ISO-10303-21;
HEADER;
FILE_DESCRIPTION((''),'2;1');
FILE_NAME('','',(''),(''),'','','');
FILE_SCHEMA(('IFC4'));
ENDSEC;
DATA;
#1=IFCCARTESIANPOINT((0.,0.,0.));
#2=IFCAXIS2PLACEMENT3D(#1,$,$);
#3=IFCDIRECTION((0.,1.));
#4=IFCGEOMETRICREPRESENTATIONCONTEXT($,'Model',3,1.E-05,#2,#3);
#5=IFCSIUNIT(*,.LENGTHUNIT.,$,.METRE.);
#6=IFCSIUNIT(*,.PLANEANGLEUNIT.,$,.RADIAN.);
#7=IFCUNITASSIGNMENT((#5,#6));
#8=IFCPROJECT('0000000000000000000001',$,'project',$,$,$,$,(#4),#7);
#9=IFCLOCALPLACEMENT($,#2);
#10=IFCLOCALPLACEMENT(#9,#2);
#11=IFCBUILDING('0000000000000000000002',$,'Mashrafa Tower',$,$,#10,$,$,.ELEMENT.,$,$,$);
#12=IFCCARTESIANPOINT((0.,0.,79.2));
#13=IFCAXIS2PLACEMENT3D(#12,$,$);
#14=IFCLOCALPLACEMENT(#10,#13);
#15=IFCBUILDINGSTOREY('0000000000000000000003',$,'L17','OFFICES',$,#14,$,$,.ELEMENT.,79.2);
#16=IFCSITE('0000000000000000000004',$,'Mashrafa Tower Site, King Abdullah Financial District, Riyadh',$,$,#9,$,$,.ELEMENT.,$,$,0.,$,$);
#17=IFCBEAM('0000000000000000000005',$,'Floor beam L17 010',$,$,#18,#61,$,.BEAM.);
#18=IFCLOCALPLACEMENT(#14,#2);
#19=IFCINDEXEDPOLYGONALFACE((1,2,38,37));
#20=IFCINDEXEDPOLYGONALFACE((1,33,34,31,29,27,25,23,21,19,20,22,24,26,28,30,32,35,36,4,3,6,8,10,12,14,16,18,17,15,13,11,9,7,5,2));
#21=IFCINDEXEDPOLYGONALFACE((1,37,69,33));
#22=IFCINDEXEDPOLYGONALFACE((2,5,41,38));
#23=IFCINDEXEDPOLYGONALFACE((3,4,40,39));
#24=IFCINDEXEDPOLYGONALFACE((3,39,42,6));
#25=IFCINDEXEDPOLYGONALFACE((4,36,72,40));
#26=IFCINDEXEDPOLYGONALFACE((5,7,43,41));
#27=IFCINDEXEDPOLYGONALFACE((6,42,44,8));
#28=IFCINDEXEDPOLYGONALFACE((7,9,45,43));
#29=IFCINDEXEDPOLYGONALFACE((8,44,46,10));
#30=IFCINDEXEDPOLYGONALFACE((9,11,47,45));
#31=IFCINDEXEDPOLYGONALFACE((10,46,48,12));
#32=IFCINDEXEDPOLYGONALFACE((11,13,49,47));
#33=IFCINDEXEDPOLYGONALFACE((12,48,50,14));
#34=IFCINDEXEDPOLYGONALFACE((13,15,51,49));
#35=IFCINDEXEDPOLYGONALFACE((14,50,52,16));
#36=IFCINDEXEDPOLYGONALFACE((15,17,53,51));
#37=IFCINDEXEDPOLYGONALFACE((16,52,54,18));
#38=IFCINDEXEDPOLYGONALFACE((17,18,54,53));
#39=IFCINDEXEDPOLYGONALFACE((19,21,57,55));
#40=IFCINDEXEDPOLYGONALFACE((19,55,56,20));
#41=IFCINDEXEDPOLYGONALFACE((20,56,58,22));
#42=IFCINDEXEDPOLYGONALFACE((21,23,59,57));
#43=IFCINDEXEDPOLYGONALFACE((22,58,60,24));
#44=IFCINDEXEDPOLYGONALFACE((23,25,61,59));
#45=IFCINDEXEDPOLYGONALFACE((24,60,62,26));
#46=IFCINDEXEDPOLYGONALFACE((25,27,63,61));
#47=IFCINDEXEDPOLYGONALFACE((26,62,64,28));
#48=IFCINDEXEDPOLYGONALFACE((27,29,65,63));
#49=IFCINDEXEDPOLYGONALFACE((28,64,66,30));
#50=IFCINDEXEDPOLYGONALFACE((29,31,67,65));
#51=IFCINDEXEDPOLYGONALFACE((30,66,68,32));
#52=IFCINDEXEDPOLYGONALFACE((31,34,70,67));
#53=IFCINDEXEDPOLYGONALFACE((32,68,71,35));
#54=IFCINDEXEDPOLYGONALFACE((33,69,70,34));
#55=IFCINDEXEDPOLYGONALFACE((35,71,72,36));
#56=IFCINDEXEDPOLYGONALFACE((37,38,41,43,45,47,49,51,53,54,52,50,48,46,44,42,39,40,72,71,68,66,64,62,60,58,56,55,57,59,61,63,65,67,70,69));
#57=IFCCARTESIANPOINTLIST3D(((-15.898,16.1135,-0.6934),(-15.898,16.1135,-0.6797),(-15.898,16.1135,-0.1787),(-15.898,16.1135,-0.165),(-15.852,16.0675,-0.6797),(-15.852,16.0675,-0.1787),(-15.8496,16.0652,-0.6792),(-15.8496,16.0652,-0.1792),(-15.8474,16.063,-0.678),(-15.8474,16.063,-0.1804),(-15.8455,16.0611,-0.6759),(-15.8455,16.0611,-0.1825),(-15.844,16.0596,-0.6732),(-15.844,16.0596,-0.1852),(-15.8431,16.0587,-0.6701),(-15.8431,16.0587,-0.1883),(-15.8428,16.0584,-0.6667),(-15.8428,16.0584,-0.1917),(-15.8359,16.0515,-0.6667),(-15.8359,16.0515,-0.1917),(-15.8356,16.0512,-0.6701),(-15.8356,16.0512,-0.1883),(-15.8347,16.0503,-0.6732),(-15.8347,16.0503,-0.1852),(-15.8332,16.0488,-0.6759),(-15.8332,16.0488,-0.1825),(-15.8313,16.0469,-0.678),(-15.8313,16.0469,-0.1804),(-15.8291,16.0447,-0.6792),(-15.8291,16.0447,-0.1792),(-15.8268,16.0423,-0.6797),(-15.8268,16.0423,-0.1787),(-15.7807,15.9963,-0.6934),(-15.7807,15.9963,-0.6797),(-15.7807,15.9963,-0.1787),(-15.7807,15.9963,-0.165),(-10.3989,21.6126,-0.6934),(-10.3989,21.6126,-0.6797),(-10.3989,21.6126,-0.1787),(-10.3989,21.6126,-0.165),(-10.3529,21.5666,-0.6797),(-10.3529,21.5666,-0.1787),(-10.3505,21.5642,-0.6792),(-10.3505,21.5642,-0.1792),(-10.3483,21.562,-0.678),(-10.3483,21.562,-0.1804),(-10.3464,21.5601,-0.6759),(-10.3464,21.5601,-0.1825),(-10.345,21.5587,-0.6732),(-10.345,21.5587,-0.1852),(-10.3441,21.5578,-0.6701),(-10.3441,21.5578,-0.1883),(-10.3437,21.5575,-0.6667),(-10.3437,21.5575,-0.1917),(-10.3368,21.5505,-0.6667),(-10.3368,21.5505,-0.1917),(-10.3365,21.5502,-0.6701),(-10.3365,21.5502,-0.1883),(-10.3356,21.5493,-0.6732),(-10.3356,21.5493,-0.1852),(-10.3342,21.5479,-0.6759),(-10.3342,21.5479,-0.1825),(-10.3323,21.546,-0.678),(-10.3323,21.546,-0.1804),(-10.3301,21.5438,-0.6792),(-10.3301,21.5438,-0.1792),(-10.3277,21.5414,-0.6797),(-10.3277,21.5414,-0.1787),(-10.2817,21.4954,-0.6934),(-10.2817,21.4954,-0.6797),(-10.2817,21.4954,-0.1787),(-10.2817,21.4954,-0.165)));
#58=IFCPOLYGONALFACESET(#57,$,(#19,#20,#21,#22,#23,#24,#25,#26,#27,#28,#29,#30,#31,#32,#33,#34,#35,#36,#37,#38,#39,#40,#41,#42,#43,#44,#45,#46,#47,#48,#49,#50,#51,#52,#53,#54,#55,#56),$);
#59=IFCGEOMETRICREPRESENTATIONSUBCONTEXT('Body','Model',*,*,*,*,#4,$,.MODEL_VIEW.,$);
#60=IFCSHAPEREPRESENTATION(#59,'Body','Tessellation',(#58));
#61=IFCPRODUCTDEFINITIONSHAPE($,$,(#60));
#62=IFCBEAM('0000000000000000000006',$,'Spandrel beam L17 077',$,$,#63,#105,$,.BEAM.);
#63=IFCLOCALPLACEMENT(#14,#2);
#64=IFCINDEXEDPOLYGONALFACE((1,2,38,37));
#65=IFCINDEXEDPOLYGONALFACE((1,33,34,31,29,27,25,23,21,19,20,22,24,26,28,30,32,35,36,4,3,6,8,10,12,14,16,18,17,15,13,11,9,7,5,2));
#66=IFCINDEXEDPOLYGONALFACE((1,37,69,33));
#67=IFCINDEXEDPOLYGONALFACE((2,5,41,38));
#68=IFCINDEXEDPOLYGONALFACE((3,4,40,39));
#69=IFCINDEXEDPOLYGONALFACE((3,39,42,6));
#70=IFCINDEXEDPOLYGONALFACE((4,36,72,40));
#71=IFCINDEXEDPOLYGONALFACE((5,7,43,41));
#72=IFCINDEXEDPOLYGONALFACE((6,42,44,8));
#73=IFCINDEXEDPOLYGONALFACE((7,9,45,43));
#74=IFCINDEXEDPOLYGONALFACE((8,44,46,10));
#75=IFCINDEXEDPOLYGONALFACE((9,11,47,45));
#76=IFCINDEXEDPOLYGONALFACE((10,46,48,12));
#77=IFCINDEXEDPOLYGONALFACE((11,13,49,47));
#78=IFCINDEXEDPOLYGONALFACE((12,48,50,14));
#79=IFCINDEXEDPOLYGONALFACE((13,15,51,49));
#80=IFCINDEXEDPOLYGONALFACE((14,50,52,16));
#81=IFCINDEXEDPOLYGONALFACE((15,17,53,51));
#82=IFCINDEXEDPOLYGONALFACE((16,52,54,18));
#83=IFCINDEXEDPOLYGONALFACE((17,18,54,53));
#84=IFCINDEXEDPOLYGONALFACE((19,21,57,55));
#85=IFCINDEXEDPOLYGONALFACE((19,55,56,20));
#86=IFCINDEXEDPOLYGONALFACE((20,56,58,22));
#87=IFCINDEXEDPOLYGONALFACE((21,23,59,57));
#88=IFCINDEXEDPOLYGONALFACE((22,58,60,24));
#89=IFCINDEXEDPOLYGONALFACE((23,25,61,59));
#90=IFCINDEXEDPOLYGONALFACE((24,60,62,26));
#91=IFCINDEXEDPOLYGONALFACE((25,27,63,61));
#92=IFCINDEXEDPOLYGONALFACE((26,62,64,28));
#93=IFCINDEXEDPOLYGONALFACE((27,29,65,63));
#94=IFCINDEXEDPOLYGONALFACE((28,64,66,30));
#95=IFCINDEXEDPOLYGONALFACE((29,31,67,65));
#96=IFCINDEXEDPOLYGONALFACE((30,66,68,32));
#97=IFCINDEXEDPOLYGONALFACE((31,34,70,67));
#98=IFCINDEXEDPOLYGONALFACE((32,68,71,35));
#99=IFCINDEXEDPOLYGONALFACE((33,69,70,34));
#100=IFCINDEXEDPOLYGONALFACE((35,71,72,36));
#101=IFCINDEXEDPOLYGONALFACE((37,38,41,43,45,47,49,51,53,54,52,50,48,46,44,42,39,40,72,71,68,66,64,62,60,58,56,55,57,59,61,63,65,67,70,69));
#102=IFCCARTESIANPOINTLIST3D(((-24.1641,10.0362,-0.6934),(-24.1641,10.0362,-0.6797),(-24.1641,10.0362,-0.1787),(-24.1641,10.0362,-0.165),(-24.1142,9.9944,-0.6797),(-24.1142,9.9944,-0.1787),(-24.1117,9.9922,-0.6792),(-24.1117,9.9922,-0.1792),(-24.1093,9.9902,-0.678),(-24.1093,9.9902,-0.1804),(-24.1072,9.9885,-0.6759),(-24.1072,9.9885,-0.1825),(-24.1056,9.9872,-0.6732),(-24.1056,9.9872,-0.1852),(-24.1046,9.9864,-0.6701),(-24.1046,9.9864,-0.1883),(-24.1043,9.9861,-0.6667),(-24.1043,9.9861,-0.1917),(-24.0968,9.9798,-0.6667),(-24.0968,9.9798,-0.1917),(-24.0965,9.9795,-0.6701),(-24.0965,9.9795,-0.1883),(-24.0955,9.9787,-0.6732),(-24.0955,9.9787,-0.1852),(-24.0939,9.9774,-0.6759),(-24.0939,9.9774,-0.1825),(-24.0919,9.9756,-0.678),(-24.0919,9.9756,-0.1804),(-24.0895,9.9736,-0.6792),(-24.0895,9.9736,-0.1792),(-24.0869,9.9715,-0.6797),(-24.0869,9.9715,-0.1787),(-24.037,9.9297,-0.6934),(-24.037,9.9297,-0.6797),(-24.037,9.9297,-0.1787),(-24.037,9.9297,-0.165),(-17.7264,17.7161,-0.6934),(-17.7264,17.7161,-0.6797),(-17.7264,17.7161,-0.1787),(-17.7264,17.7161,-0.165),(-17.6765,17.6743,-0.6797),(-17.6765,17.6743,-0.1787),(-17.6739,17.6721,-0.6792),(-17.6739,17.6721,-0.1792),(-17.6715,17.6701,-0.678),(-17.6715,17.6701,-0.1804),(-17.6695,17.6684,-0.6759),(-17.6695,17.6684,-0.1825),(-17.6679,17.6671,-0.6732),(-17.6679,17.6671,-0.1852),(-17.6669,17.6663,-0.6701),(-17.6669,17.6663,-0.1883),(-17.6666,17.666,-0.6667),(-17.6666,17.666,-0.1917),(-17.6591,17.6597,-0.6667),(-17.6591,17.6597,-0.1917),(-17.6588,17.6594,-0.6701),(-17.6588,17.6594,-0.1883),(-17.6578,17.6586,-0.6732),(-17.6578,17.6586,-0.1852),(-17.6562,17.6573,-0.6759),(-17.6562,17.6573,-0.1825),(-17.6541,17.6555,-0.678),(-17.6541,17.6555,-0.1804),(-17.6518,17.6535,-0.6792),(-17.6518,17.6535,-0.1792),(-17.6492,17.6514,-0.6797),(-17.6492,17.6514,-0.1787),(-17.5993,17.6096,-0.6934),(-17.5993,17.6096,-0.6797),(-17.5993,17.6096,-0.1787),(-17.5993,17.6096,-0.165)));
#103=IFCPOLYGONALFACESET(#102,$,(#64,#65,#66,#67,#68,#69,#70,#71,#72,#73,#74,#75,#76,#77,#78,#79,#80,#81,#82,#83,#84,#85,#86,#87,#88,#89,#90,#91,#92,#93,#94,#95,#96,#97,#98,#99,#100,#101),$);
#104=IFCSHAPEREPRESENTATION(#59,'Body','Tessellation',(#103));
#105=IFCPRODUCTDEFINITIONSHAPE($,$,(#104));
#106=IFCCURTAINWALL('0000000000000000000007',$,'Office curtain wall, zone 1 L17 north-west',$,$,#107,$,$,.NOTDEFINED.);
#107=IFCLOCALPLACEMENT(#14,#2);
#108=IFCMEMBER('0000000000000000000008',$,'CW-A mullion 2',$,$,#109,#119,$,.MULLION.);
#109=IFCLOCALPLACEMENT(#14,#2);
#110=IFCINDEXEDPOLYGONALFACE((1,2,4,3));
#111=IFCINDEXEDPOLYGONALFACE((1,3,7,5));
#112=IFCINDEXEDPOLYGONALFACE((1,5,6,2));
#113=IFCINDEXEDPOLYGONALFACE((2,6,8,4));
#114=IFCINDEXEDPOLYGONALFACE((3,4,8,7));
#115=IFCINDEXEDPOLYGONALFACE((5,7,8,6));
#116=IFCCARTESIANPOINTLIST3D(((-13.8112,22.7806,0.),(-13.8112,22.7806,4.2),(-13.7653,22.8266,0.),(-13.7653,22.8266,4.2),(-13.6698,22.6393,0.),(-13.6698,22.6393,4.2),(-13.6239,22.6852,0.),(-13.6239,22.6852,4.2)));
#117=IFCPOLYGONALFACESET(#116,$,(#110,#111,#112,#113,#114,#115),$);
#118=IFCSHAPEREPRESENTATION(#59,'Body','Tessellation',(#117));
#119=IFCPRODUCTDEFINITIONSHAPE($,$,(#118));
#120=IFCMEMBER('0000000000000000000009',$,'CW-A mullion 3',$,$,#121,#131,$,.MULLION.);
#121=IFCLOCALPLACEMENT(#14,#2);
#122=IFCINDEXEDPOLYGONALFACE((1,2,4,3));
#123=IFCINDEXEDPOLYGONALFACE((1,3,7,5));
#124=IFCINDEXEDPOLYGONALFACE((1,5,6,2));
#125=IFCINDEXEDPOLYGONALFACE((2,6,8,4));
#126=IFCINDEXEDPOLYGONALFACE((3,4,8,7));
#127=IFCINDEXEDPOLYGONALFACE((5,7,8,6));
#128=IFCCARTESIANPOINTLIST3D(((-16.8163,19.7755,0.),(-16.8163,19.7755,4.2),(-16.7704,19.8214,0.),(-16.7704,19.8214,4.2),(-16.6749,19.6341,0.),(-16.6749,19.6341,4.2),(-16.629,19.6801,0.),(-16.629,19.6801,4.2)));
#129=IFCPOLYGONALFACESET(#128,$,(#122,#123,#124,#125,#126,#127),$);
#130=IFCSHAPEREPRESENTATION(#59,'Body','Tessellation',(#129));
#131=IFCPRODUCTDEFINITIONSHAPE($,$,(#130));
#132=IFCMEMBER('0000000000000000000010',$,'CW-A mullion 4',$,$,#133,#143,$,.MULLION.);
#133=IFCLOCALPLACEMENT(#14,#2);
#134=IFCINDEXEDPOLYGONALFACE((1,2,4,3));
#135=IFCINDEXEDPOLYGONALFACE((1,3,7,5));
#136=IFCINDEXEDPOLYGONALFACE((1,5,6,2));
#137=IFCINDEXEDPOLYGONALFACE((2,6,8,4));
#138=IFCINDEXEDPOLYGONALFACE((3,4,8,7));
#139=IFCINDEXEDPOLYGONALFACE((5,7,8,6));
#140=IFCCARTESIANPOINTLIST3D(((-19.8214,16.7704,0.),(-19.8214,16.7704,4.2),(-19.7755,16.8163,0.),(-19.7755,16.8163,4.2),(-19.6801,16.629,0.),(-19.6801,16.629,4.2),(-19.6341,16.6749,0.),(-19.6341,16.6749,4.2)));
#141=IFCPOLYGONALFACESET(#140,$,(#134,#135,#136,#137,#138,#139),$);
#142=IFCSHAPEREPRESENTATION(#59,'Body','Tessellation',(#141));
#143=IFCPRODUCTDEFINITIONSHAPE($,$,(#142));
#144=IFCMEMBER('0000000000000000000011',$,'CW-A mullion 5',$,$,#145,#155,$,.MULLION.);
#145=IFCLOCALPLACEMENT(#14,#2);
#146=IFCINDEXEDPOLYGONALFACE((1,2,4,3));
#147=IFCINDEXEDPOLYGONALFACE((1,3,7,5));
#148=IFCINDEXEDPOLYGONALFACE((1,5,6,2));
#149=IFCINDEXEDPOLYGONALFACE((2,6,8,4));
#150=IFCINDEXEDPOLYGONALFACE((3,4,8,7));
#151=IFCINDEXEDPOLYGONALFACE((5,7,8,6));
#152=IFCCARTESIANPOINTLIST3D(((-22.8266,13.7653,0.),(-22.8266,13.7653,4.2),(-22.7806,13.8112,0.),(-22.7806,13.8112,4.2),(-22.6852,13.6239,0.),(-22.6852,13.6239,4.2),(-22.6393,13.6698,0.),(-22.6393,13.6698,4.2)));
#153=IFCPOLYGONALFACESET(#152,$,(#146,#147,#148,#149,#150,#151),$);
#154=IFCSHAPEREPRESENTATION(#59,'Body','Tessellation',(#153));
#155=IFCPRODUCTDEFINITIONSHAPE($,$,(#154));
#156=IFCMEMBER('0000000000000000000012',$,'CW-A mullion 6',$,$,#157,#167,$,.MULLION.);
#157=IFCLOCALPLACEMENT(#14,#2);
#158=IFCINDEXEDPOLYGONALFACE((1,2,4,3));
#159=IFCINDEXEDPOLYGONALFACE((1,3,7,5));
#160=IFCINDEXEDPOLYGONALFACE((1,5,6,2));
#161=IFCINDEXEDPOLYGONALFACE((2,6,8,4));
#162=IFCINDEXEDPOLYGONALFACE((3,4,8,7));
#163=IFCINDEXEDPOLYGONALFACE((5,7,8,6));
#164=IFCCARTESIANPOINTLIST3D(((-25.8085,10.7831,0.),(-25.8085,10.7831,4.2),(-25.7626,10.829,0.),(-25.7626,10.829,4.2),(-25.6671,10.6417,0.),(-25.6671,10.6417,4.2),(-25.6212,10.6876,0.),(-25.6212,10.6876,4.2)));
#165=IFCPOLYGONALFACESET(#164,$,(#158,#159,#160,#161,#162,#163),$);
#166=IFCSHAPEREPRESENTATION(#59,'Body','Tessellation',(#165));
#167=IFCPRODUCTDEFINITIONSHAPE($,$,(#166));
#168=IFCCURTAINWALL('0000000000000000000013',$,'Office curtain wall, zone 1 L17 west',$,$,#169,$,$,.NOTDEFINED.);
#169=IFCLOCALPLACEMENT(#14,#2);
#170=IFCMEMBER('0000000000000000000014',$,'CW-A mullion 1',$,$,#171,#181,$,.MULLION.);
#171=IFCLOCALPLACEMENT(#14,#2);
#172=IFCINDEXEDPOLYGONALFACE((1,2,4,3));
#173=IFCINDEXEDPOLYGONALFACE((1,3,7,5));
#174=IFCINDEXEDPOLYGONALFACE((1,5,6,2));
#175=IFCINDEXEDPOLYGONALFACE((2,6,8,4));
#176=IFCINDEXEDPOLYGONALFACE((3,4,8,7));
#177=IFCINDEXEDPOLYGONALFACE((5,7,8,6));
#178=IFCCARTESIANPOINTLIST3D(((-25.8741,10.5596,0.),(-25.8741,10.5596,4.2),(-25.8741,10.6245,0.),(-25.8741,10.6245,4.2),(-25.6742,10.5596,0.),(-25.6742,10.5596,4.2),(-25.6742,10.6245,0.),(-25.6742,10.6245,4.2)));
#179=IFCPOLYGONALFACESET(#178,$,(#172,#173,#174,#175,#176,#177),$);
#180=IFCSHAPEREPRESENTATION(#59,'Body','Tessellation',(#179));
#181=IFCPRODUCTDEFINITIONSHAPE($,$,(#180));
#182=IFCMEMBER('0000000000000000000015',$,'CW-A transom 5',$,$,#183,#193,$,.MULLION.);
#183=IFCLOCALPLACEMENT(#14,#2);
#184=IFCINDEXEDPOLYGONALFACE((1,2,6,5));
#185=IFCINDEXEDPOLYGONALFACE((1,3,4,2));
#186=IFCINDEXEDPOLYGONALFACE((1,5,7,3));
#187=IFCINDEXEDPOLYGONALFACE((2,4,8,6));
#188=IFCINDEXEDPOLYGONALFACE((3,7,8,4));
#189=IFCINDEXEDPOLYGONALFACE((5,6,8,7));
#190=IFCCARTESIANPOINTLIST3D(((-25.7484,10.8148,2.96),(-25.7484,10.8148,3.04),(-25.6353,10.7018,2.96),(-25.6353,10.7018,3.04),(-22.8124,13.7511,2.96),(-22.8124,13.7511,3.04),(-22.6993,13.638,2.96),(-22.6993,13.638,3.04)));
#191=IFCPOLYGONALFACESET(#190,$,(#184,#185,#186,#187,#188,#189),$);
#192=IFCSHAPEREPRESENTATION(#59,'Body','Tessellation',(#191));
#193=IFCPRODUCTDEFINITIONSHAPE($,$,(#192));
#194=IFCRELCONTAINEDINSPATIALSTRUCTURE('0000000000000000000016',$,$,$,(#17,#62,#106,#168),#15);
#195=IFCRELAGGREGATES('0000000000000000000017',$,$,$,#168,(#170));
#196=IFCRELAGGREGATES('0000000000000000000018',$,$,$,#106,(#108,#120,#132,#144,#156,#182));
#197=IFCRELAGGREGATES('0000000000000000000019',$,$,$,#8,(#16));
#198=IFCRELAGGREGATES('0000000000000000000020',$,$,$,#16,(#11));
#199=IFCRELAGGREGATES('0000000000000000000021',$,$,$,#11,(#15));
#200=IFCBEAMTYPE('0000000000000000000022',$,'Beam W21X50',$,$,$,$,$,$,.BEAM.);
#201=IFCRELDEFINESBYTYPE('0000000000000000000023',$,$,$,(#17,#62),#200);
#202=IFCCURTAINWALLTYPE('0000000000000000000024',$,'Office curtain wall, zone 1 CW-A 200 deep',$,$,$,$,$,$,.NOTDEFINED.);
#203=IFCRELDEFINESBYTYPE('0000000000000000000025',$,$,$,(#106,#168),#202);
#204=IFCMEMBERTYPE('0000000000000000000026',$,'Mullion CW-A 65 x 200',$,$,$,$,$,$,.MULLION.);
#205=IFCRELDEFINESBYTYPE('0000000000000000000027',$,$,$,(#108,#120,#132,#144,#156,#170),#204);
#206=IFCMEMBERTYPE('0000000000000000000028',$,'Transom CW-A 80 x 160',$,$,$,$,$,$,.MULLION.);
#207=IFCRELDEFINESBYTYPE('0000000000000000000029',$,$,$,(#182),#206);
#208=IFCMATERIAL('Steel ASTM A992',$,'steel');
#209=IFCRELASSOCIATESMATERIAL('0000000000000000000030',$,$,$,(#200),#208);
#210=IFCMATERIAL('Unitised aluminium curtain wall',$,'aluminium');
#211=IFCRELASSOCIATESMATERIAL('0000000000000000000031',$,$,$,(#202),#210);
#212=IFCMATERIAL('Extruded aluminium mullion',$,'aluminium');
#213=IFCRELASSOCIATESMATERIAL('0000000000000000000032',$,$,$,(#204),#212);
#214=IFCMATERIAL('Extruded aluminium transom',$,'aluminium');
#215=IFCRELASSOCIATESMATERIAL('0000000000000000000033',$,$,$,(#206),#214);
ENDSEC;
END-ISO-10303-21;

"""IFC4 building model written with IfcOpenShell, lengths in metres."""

from ifc_helpers import new_model, si_unit, direction, frame, origin, origin_2d, place, context, subcontext, project, spatial, rectangle, i_section, extrude, source, transform, mapped, material, material_profile, profile_set, type_object, type_shapes, element, aggregate, save


model = new_model("IFC4")

# Units and contexts
model_context = context("Model", 3, precision=1e-05, world=origin(), true_north=direction((0.0, 1.0)))
body_context = subcontext(model_context, "Body", "Model", "MODEL_VIEW")
ifc_project = project(units=[si_unit("LENGTHUNIT", "METRE"), si_unit("PLANEANGLEUNIT", "RADIAN")], contexts=[model_context])

# Site, building, storey
site_placement = place(None, origin())
site = spatial("IfcSite", under=ifc_project, at=site_placement, Name="Mashrafa Tower Site, King Abdullah Financial District, Riyadh", CompositionType="ELEMENT", RefElevation=0.0)
building_placement = place(site_placement, origin())
building = spatial("IfcBuilding", under=site, at=building_placement, Name="Mashrafa Tower", CompositionType="ELEMENT")
storey_placement = place(building_placement, frame((0.0, 0.0, 79.2)))
storey = spatial("IfcBuildingStorey", under=building, at=storey_placement, Name="L17", Description="OFFICES", CompositionType="ELEMENT", Elevation=79.2)

# Beams
ifc_material_1 = material(Name="Steel ASTM A992", Category="steel")
ifc_material_profile_1 = material_profile(ifc_material_1, i_section(OverallWidth=0.1658, OverallDepth=0.5283, WebThickness=0.0098, FlangeThickness=0.0137, FilletRadius=0.0129, at=origin_2d()), Name="W21X50")
ifc_profile_set_1 = profile_set([ifc_material_profile_1], Name="Steel ASTM A992")
beam_type_1 = type_object("IfcBeamType", Name="Beam W21X50", PredefinedType="BEAM", material=ifc_profile_set_1)
beam_1_placement = place(storey_placement, frame((-15.8394, 16.0549, -0.4292), z_axis=(0.707107, 0.707107, 0.0), x_axis=(-0.707107, 0.707107, 0.0)))
element("IfcBeam", 1, at=beam_1_placement, inside=storey, type_object=beam_type_1, Name="Floor beam L17 010", PredefinedType="BEAM", context=body_context, shape_type="SweptSolid", body=[
    extrude(i_section(OverallWidth=0.1658, OverallDepth=0.5283, WebThickness=0.0098, FlangeThickness=0.0137, FilletRadius=0.0129, at=origin_2d()), origin(), (0.0, 0.0, 1.0), 7.7769),
])
beam_2_placement = place(storey_placement, frame((-17.6628, 17.6628, -0.4292), z_axis=(-0.642408, -0.766363, 0.0), x_axis=(0.766363, -0.642408, 0.0)))
element("IfcBeam", 2, at=beam_2_placement, inside=storey, type_object=beam_type_1, Name="Spandrel beam L17 077", PredefinedType="BEAM", context=body_context, shape_type="SweptSolid", body=[
    extrude(i_section(OverallWidth=0.1658, OverallDepth=0.5283, WebThickness=0.0098, FlangeThickness=0.0137, FilletRadius=0.0129, at=origin_2d()), origin(), (0.0, 0.0, 1.0), 10.0212),
])

# Curtain wall, members
ifc_material_2 = material(Name="Unitised aluminium curtain wall", Category="aluminium")
curtain_wall_type = type_object("IfcCurtainWallType", Name="Office curtain wall, zone 1 CW-A 200 deep", PredefinedType="NOTDEFINED", material=ifc_material_2)
curtain_wall_1_placement = place(storey_placement, origin())
curtain_wall_1 = element("IfcCurtainWall", 3, at=curtain_wall_1_placement, inside=storey, type_object=curtain_wall_type, Name="Office curtain wall, zone 1 L17 north-west", PredefinedType="NOTDEFINED")
ifc_material_3 = material(Name="Extruded aluminium mullion", Category="aluminium")
ifc_material_profile_2 = material_profile(ifc_material_3, rectangle(XDim=0.2, YDim=0.0649, at=origin_2d()), Name="Mullion 65x200")
ifc_profile_set_2 = profile_set([ifc_material_profile_2], Name="Extruded aluminium mullion")
member_type_1 = type_object("IfcMemberType", Name="Mullion CW-A 65 x 200", PredefinedType="MULLION", material=ifc_profile_set_2)
shared_shape_1 = source(origin(), body_context, "Body", "SweptSolid", [
    extrude(rectangle(XDim=0.2, YDim=0.0649, at=origin_2d()), origin(), (0.0, 0.0, 1.0), 4.2),
])
type_shapes(member_type_1, [shared_shape_1])
member_1_placement = place(storey_placement, frame((-13.7175, 22.7329, 0.0), z_axis=(0.0, 0.0, 1.0), x_axis=(0.707107, -0.707107, 0.0)))
member_1 = element("IfcMember", 4, at=member_1_placement, type_object=member_type_1, Name="CW-A mullion 2", PredefinedType="MULLION", context=body_context, shape_type="MappedRepresentation", body=[
    mapped(shared_shape_1, transform((0.0, 0.0, 0.0))),
])
member_2_placement = place(storey_placement, frame((-16.7227, 19.7278, 0.0), z_axis=(0.0, 0.0, 1.0), x_axis=(0.707107, -0.707107, 0.0)))
member_2 = element("IfcMember", 5, at=member_2_placement, type_object=member_type_1, Name="CW-A mullion 3", PredefinedType="MULLION", context=body_context, shape_type="MappedRepresentation", body=[
    mapped(shared_shape_1, transform((0.0, 0.0, 0.0))),
])
member_3_placement = place(storey_placement, frame((-19.7278, 16.7227, 0.0), z_axis=(0.0, 0.0, 1.0), x_axis=(0.707107, -0.707107, 0.0)))
member_3 = element("IfcMember", 6, at=member_3_placement, type_object=member_type_1, Name="CW-A mullion 4", PredefinedType="MULLION", context=body_context, shape_type="MappedRepresentation", body=[
    mapped(shared_shape_1, transform((0.0, 0.0, 0.0))),
])
member_4_placement = place(storey_placement, frame((-22.7329, 13.7175, 0.0), z_axis=(0.0, 0.0, 1.0), x_axis=(0.707107, -0.707107, 0.0)))
member_4 = element("IfcMember", 7, at=member_4_placement, type_object=member_type_1, Name="CW-A mullion 5", PredefinedType="MULLION", context=body_context, shape_type="MappedRepresentation", body=[
    mapped(shared_shape_1, transform((0.0, 0.0, 0.0))),
])
member_5_placement = place(storey_placement, frame((-25.7148, 10.7354, 0.0), z_axis=(0.0, 0.0, 1.0), x_axis=(0.707107, -0.707107, 0.0)))
member_5 = element("IfcMember", 8, at=member_5_placement, type_object=member_type_1, Name="CW-A mullion 6", PredefinedType="MULLION", context=body_context, shape_type="MappedRepresentation", body=[
    mapped(shared_shape_1, transform((0.0, 0.0, 0.0))),
])

# Curtain wall, member
curtain_wall_2_placement = place(storey_placement, origin())
curtain_wall_2 = element("IfcCurtainWall", 9, at=curtain_wall_2_placement, inside=storey, type_object=curtain_wall_type, Name="Office curtain wall, zone 1 L17 west", PredefinedType="NOTDEFINED")
member_6_placement = place(storey_placement, frame((-25.7742, 10.592, 0.0), z_axis=(0.0, 0.0, 1.0), x_axis=(1.0, 0.0, 0.0)))
member_6 = element("IfcMember", 10, at=member_6_placement, type_object=member_type_1, Name="CW-A mullion 1", PredefinedType="MULLION", context=body_context, shape_type="MappedRepresentation", body=[
    mapped(shared_shape_1, transform((0.0, 0.0, 0.0))),
])
aggregate(curtain_wall_2, [member_6])

# Member
ifc_material_4 = material(Name="Extruded aluminium transom", Category="aluminium")
ifc_material_profile_3 = material_profile(ifc_material_4, rectangle(XDim=0.1599, YDim=0.0801, at=origin_2d()), Name="Transom 80x160")
ifc_profile_set_3 = profile_set([ifc_material_profile_3], Name="Extruded aluminium transom")
member_type_2 = type_object("IfcMemberType", Name="Transom CW-A 80 x 160", PredefinedType="MULLION", material=ifc_profile_set_3)
shared_shape_2 = source(origin(), body_context, "Body", "SweptSolid", [
    extrude(rectangle(XDim=0.1599, YDim=0.0801, at=origin_2d()), origin(), (0.0, 0.0, 1.0), 4.1523),
])
member_7_placement = place(storey_placement, frame((-22.7559, 13.6946, 3.0), z_axis=(-0.707077, -0.707136, 0.0), x_axis=(0.707136, -0.707077, 0.0)))
member_7 = element("IfcMember", 11, at=member_7_placement, type_object=member_type_2, Name="CW-A transom 5", PredefinedType="MULLION", context=body_context, shape_type="MappedRepresentation", body=[
    mapped(shared_shape_2, transform((0.0, 0.0, 0.0))),
])

aggregate(curtain_wall_1, [member_1, member_2, member_3, member_4, member_5, member_7])

save(model, "model.ifc")
